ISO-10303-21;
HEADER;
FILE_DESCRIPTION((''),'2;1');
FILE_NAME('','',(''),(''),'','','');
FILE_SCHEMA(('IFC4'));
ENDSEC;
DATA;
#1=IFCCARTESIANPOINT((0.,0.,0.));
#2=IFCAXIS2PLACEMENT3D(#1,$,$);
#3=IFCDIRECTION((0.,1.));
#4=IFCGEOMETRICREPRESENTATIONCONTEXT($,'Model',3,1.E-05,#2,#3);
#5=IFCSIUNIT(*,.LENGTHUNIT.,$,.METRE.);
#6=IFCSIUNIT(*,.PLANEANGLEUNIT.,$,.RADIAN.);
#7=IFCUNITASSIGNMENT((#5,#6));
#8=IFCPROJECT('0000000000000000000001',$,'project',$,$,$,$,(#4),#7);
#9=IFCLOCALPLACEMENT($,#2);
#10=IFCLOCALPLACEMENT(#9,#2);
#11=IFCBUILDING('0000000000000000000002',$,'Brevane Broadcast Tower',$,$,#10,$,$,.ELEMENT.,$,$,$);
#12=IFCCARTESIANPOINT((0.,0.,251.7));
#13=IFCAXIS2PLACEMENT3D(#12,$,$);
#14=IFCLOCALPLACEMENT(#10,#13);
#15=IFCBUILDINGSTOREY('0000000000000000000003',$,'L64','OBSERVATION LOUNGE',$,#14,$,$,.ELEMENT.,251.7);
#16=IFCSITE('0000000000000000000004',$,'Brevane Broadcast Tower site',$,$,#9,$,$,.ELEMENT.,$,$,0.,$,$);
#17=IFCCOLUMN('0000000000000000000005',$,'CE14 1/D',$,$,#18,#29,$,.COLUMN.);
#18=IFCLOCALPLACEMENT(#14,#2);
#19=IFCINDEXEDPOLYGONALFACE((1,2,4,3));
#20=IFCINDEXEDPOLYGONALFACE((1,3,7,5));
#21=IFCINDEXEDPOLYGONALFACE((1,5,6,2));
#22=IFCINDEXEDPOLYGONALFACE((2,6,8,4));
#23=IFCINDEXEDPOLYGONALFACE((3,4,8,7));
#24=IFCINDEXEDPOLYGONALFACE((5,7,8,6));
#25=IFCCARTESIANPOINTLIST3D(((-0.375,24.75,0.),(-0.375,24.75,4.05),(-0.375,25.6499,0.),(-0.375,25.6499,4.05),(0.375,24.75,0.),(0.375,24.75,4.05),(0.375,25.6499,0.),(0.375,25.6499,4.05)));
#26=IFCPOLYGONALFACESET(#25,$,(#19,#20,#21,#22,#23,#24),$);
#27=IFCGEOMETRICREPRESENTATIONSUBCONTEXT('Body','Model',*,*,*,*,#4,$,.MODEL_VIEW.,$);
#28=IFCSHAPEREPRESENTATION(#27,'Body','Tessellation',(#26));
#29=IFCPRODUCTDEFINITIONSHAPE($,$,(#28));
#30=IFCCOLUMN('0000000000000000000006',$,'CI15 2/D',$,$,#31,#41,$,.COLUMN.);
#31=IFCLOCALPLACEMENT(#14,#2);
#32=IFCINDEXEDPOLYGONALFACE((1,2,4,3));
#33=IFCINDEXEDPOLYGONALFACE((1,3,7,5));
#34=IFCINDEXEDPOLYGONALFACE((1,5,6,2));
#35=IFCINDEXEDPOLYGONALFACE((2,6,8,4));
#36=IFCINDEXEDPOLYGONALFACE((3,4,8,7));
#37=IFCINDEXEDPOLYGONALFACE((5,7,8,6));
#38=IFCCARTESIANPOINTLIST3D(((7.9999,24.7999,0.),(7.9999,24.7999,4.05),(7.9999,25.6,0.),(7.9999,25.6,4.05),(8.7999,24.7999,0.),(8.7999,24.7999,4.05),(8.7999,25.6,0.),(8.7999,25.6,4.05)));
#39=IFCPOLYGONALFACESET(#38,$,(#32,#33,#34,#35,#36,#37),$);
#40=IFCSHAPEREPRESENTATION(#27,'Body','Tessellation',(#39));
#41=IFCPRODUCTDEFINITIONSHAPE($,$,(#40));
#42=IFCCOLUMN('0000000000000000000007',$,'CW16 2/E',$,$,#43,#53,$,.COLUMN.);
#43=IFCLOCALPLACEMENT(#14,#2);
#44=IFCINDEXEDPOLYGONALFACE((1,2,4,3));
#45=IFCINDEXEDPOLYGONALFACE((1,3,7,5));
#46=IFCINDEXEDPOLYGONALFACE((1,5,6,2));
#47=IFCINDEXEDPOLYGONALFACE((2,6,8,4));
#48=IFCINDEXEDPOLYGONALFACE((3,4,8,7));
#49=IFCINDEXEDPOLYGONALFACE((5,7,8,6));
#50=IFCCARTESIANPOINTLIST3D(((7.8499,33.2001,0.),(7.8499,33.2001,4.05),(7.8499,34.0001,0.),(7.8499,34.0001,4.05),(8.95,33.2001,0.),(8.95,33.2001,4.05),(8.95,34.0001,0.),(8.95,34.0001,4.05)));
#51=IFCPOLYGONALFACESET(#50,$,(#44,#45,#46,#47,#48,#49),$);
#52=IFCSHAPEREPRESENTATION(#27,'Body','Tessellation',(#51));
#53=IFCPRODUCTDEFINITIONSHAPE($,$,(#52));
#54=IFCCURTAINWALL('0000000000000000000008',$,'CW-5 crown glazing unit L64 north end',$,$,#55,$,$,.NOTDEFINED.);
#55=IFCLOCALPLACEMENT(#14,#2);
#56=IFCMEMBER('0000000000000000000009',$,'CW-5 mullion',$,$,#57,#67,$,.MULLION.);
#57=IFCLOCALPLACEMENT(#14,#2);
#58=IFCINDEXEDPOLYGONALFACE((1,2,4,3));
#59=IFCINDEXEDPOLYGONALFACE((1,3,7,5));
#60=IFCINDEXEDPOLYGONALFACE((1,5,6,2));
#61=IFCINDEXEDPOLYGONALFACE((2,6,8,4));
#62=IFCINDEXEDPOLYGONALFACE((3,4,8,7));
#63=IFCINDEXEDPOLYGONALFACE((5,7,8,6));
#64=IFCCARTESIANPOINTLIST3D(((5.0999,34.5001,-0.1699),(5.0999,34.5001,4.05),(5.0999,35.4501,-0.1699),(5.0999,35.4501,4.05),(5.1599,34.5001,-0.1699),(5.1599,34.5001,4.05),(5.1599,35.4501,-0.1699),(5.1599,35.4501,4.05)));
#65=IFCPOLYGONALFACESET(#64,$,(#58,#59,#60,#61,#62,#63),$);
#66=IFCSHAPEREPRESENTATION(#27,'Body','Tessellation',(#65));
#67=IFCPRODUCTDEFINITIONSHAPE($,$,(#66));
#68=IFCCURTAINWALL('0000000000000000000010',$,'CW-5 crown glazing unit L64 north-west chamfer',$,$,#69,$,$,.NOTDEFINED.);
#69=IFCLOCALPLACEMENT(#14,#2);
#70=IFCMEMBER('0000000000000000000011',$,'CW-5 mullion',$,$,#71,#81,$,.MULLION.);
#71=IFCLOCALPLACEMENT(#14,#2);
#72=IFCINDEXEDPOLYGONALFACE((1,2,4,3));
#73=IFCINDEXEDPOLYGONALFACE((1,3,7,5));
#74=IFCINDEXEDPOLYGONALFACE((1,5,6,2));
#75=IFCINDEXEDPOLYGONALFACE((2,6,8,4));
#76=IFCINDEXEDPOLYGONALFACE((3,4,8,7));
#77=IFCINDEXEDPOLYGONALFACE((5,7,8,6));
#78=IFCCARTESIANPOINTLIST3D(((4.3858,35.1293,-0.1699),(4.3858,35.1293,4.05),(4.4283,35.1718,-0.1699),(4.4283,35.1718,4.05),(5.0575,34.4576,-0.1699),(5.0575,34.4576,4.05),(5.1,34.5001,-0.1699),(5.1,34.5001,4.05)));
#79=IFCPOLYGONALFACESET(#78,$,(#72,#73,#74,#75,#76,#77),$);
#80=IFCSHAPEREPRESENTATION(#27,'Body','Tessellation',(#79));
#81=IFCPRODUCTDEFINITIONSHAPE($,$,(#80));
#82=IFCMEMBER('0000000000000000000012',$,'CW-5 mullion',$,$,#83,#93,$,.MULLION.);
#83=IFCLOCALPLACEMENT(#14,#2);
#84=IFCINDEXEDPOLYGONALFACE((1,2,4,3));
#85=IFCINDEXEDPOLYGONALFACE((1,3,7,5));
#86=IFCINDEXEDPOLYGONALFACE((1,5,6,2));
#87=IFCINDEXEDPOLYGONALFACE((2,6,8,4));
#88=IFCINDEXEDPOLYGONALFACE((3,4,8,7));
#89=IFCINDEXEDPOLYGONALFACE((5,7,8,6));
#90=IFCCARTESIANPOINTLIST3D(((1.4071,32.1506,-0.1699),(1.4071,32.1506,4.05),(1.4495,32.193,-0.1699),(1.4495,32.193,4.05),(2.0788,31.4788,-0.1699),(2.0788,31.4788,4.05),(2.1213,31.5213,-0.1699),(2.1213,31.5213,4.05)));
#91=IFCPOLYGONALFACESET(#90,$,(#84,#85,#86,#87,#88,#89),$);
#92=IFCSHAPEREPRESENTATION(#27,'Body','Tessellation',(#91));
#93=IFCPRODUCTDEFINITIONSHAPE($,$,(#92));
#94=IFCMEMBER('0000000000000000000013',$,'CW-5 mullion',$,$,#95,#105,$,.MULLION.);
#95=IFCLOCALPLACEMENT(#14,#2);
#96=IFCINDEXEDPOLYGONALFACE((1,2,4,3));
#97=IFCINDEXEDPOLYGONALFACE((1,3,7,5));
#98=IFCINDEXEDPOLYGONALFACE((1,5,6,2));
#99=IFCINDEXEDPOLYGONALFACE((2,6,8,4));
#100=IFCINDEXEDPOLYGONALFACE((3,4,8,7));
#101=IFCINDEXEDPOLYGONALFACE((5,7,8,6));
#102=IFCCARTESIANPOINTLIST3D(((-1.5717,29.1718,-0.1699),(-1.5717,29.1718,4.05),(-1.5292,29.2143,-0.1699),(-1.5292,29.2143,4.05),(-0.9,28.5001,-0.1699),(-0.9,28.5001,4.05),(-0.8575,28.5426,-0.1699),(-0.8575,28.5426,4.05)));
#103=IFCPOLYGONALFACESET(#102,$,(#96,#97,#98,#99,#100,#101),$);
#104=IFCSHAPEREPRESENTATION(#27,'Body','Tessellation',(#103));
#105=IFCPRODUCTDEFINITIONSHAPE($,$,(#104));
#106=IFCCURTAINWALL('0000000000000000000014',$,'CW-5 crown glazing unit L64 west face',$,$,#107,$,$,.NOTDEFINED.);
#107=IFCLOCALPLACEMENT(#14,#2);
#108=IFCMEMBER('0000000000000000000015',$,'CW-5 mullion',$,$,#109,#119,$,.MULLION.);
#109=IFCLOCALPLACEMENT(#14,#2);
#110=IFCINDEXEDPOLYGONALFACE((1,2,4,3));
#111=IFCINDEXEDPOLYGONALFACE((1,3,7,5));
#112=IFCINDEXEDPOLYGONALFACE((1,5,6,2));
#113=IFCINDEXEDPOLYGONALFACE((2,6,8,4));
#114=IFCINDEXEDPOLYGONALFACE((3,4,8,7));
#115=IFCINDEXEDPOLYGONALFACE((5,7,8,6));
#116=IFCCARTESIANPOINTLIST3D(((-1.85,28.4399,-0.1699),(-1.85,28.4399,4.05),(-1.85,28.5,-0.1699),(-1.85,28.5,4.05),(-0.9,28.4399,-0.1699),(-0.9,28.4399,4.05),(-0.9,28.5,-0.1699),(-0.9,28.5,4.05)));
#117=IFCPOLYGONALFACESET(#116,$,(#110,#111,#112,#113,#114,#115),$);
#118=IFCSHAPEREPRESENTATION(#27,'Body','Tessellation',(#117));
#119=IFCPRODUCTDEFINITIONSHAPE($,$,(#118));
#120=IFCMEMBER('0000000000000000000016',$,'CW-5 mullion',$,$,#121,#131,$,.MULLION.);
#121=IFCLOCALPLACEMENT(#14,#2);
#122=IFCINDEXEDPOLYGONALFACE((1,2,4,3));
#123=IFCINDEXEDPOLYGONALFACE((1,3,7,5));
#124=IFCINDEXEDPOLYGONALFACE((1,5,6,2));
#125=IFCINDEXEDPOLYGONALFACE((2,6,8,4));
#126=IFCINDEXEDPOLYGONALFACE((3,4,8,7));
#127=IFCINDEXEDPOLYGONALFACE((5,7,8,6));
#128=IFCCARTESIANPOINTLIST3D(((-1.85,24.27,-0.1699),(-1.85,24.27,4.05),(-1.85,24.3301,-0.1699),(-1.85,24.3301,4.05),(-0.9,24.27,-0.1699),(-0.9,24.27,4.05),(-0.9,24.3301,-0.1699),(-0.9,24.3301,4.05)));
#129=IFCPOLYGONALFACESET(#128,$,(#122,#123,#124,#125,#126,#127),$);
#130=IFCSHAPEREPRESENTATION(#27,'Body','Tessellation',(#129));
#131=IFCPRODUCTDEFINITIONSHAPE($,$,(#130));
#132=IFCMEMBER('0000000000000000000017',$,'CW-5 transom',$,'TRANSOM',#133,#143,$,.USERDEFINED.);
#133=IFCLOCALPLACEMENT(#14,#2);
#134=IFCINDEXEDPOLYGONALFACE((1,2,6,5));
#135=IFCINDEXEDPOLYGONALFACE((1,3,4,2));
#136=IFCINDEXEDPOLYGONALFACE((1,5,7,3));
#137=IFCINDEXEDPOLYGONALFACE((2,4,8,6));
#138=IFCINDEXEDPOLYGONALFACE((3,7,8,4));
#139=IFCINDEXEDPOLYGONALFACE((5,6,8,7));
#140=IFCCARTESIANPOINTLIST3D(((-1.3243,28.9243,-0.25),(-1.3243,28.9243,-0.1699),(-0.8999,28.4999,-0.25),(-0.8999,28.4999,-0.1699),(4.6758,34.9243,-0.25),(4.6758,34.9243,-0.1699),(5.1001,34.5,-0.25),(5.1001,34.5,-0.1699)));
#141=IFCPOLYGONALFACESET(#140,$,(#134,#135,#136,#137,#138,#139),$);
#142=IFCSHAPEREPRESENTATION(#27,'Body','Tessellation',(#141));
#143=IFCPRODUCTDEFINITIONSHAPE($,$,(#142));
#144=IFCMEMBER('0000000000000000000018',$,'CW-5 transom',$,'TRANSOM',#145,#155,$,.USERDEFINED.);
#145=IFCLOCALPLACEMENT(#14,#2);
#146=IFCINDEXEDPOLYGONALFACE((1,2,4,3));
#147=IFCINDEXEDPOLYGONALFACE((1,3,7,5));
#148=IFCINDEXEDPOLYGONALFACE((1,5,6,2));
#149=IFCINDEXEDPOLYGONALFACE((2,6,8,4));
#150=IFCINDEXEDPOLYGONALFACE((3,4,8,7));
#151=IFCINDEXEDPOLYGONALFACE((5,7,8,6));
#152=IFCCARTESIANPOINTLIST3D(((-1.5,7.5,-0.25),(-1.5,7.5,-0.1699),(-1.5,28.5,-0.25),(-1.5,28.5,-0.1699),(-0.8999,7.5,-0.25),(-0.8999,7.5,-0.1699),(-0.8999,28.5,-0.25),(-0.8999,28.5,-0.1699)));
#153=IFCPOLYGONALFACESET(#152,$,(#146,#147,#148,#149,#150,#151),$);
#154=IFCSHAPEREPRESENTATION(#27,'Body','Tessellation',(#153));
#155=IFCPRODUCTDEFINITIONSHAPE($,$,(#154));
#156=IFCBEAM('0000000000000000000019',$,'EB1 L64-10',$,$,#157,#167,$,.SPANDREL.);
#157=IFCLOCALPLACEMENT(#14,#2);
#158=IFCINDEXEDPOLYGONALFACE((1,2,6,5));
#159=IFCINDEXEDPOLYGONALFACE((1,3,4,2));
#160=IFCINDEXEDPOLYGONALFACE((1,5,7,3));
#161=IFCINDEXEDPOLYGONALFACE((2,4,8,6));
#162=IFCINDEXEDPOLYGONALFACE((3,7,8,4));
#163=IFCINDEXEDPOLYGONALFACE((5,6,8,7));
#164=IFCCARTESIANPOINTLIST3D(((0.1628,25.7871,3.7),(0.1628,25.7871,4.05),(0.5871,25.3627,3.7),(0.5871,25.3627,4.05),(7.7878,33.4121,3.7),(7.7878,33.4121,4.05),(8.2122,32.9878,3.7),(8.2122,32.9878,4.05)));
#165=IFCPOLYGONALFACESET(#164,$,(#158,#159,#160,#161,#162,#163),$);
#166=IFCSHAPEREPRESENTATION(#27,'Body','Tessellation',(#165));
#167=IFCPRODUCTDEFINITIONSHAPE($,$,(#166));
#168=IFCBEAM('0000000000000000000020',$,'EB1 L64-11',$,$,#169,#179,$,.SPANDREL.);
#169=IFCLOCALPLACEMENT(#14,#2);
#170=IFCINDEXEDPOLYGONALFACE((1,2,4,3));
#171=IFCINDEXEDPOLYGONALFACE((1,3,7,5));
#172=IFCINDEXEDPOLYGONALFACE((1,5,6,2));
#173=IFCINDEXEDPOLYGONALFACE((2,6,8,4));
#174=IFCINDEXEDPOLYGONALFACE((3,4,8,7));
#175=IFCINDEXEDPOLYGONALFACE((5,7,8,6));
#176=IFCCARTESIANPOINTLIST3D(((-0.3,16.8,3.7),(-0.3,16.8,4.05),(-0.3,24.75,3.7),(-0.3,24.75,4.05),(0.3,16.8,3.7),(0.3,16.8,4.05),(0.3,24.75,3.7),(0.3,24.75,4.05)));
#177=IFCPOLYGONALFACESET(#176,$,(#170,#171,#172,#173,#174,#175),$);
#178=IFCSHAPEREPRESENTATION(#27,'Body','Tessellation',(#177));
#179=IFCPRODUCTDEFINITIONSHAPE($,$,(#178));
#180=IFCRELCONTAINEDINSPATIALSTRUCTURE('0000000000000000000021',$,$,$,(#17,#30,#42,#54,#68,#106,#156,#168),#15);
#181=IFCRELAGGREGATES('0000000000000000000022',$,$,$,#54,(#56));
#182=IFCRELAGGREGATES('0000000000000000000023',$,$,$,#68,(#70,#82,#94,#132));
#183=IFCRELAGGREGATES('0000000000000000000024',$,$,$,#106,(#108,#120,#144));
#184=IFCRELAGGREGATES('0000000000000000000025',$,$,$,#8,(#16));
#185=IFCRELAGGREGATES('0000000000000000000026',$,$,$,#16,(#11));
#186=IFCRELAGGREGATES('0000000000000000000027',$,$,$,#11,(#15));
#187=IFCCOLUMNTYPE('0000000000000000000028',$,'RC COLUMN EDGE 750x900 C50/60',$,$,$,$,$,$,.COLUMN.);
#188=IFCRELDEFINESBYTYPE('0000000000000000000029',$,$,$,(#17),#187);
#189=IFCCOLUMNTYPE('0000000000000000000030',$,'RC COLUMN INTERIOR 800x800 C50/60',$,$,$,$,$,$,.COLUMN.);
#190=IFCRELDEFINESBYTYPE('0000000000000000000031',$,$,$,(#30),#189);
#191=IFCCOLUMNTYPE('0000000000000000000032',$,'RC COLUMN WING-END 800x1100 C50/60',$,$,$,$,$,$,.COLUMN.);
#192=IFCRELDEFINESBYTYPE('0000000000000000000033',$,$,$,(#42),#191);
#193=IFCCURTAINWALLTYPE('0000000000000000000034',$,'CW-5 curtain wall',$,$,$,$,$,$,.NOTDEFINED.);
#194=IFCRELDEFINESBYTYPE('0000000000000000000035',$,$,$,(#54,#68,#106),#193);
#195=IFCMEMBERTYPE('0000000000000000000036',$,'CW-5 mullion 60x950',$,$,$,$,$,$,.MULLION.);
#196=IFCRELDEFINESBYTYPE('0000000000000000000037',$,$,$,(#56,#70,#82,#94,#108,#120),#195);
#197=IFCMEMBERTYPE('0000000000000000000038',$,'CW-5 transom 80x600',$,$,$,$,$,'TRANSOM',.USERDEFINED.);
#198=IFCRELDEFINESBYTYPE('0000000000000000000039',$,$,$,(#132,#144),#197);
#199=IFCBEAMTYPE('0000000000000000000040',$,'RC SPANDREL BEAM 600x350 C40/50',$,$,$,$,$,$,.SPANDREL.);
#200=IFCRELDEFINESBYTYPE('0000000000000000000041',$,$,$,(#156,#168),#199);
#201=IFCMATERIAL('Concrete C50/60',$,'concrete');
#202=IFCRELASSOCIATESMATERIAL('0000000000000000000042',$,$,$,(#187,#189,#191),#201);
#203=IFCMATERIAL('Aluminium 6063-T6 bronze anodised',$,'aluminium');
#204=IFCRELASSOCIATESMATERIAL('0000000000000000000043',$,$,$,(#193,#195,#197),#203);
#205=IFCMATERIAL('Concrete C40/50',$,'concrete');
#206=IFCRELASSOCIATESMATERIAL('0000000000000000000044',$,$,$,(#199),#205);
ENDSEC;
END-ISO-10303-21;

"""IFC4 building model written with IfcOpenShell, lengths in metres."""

from ifc_helpers import new_model, si_unit, direction, frame, origin, origin_2d, place, context, subcontext, project, spatial, rectangle, extrude, material, material_profile, profile_set, type_object, element, aggregate, save


model = new_model("IFC4")

# Units and contexts
model_context = context("Model", 3, precision=1e-05, world=origin(), true_north=direction((0.0, 1.0)))
body_context = subcontext(model_context, "Body", "Model", "MODEL_VIEW")
ifc_project = project(units=[si_unit("LENGTHUNIT", "METRE"), si_unit("PLANEANGLEUNIT", "RADIAN")], contexts=[model_context])

# Site, building, storey
site_placement = place(None, origin())
site = spatial("IfcSite", under=ifc_project, at=site_placement, Name="Brevane Broadcast Tower site", CompositionType="ELEMENT", RefElevation=0.0)
building_placement = place(site_placement, origin())
building = spatial("IfcBuilding", under=site, at=building_placement, Name="Brevane Broadcast Tower", CompositionType="ELEMENT")
storey_placement = place(building_placement, frame((0.0, 0.0, 251.7)))
storey = spatial("IfcBuildingStorey", under=building, at=storey_placement, Name="L64", Description="OBSERVATION LOUNGE", CompositionType="ELEMENT", Elevation=251.7)

# Columns
ifc_material_1 = material(Name="Concrete C50/60", Category="concrete")
ifc_material_profile_1 = material_profile(ifc_material_1, rectangle(XDim=0.75, YDim=0.8999, at=origin_2d()), Name="RC 750x900")
ifc_profile_set_1 = profile_set([ifc_material_profile_1], Name="Concrete C50/60")
column_type_1 = type_object("IfcColumnType", Name="RC COLUMN EDGE 750x900 C50/60", PredefinedType="COLUMN", material=ifc_profile_set_1)
column_1_placement = place(storey_placement, frame((0.0, 25.2, 0.0), z_axis=(0.0, 0.0, 1.0), x_axis=(1.0, 0.0, 0.0)))
element("IfcColumn", 1, at=column_1_placement, inside=storey, type_object=column_type_1, Name="CE14 1/D", PredefinedType="COLUMN", context=body_context, shape_type="SweptSolid", body=[
    extrude(rectangle(XDim=0.75, YDim=0.8999, at=origin_2d()), origin(), (0.0, 0.0, 1.0), 4.05),
])
ifc_material_profile_2 = material_profile(ifc_material_1, rectangle(XDim=0.8, YDim=0.8, at=origin_2d()), Name="RC 800x800")
ifc_profile_set_2 = profile_set([ifc_material_profile_2], Name="Concrete C50/60")
column_type_2 = type_object("IfcColumnType", Name="RC COLUMN INTERIOR 800x800 C50/60", PredefinedType="COLUMN", material=ifc_profile_set_2)
column_2_placement = place(storey_placement, frame((8.3999, 25.2, 0.0), z_axis=(0.0, 0.0, 1.0), x_axis=(1.0, 0.0, 0.0)))
element("IfcColumn", 2, at=column_2_placement, inside=storey, type_object=column_type_2, Name="CI15 2/D", PredefinedType="COLUMN", context=body_context, shape_type="SweptSolid", body=[
    extrude(rectangle(XDim=0.8, YDim=0.8, at=origin_2d()), origin(), (0.0, 0.0, 1.0), 4.05),
])
ifc_material_profile_3 = material_profile(ifc_material_1, rectangle(XDim=0.8, YDim=1.1001, at=origin_2d()), Name="RC 800x1100")
ifc_profile_set_3 = profile_set([ifc_material_profile_3], Name="Concrete C50/60")
column_type_3 = type_object("IfcColumnType", Name="RC COLUMN WING-END 800x1100 C50/60", PredefinedType="COLUMN", material=ifc_profile_set_3)
column_3_placement = place(storey_placement, frame((8.3999, 33.6001, 0.0), z_axis=(0.0, 0.0, 1.0), x_axis=(0.0, 1.0, 0.0)))
element("IfcColumn", 3, at=column_3_placement, inside=storey, type_object=column_type_3, Name="CW16 2/E", PredefinedType="COLUMN", context=body_context, shape_type="SweptSolid", body=[
    extrude(rectangle(XDim=0.8, YDim=1.1001, at=origin_2d()), origin(), (0.0, 0.0, 1.0), 4.05),
])

# Curtain wall, member
ifc_material_2 = material(Name="Aluminium 6063-T6 bronze anodised", Category="aluminium")
curtain_wall_type = type_object("IfcCurtainWallType", Name="CW-5 curtain wall", PredefinedType="NOTDEFINED", material=ifc_material_2)
curtain_wall_1_placement = place(storey_placement, origin())
curtain_wall_1 = element("IfcCurtainWall", 4, at=curtain_wall_1_placement, inside=storey, type_object=curtain_wall_type, Name="CW-5 crown glazing unit L64 north end", PredefinedType="NOTDEFINED")
ifc_material_profile_4 = material_profile(ifc_material_2, rectangle(XDim=0.95, YDim=0.0601, at=origin_2d()), Name="RECT 60x950")
ifc_profile_set_4 = profile_set([ifc_material_profile_4], Name="Aluminium 6063-T6 bronze anodised")
member_type_1 = type_object("IfcMemberType", Name="CW-5 mullion 60x950", PredefinedType="MULLION", material=ifc_profile_set_4)
member_1_placement = place(storey_placement, frame((5.1299, 34.9751, -0.1699), z_axis=(0.0, 0.0, 1.0), x_axis=(0.0, -1.0, 0.0)))
member_1 = element("IfcMember", 5, at=member_1_placement, type_object=member_type_1, Name="CW-5 mullion", PredefinedType="MULLION", context=body_context, shape_type="SweptSolid", body=[
    extrude(rectangle(XDim=0.95, YDim=0.0601, at=origin_2d()), origin(), (0.0, 0.0, 1.0), 4.22),
])
aggregate(curtain_wall_1, [member_1])

# Curtain walls, members
curtain_wall_2_placement = place(storey_placement, origin())
curtain_wall_2 = element("IfcCurtainWall", 6, at=curtain_wall_2_placement, inside=storey, type_object=curtain_wall_type, Name="CW-5 crown glazing unit L64 north-west chamfer", PredefinedType="NOTDEFINED")
member_2_placement = place(storey_placement, frame((4.7429, 34.8147, -0.1699), z_axis=(0.0, 0.0, 1.0), x_axis=(0.707107, -0.707107, 0.0)))
member_2 = element("IfcMember", 7, at=member_2_placement, type_object=member_type_1, Name="CW-5 mullion", PredefinedType="MULLION", context=body_context, shape_type="SweptSolid", body=[
    extrude(rectangle(XDim=0.95, YDim=0.0601, at=origin_2d()), origin(), (0.0, 0.0, 1.0), 4.22),
])
member_3_placement = place(storey_placement, frame((1.7642, 31.8359, -0.1699), z_axis=(0.0, 0.0, 1.0), x_axis=(0.707107, -0.707107, 0.0)))
member_3 = element("IfcMember", 8, at=member_3_placement, type_object=member_type_1, Name="CW-5 mullion", PredefinedType="MULLION", context=body_context, shape_type="SweptSolid", body=[
    extrude(rectangle(XDim=0.95, YDim=0.0601, at=origin_2d()), origin(), (0.0, 0.0, 1.0), 4.22),
])
member_4_placement = place(storey_placement, frame((-1.2146, 28.8572, -0.1699), z_axis=(0.0, 0.0, 1.0), x_axis=(0.707107, -0.707107, 0.0)))
member_4 = element("IfcMember", 9, at=member_4_placement, type_object=member_type_1, Name="CW-5 mullion", PredefinedType="MULLION", context=body_context, shape_type="SweptSolid", body=[
    extrude(rectangle(XDim=0.95, YDim=0.0601, at=origin_2d()), origin(), (0.0, 0.0, 1.0), 4.22),
])
curtain_wall_3_placement = place(storey_placement, origin())
curtain_wall_3 = element("IfcCurtainWall", 10, at=curtain_wall_3_placement, inside=storey, type_object=curtain_wall_type, Name="CW-5 crown glazing unit L64 west face", PredefinedType="NOTDEFINED")
member_5_placement = place(storey_placement, frame((-1.375, 28.47, -0.1699), z_axis=(0.0, 0.0, 1.0), x_axis=(1.0, 0.0, 0.0)))
member_5 = element("IfcMember", 11, at=member_5_placement, type_object=member_type_1, Name="CW-5 mullion", PredefinedType="MULLION", context=body_context, shape_type="SweptSolid", body=[
    extrude(rectangle(XDim=0.95, YDim=0.0601, at=origin_2d()), origin(), (0.0, 0.0, 1.0), 4.22),
])
member_6_placement = place(storey_placement, frame((-1.375, 24.3, -0.1699), z_axis=(0.0, 0.0, 1.0), x_axis=(1.0, 0.0, 0.0)))
member_6 = element("IfcMember", 12, at=member_6_placement, type_object=member_type_1, Name="CW-5 mullion", PredefinedType="MULLION", context=body_context, shape_type="SweptSolid", body=[
    extrude(rectangle(XDim=0.95, YDim=0.0601, at=origin_2d()), origin(), (0.0, 0.0, 1.0), 4.22),
])

# Members
ifc_material_profile_5 = material_profile(ifc_material_2, rectangle(XDim=0.6001, YDim=0.0801, at=origin_2d()), Name="RECT 80x600")
ifc_profile_set_5 = profile_set([ifc_material_profile_5], Name="Aluminium 6063-T6 bronze anodised")
member_type_2 = type_object("IfcMemberType", Name="CW-5 transom 80x600", ElementType="TRANSOM", PredefinedType="USERDEFINED", material=ifc_profile_set_5)
member_7_placement = place(storey_placement, frame((4.8879, 34.7122, -0.21), z_axis=(-0.707107, -0.707107, 0.0), x_axis=(0.707107, -0.707107, 0.0)))
member_7 = element("IfcMember", 13, at=member_7_placement, type_object=member_type_2, Name="CW-5 transom", ObjectType="TRANSOM", PredefinedType="USERDEFINED", context=body_context, shape_type="SweptSolid", body=[
    extrude(rectangle(XDim=0.6001, YDim=0.0801, at=origin_2d()), origin(), (0.0, 0.0, 1.0), 8.4854),
])
aggregate(curtain_wall_2, [member_2, member_3, member_4, member_7])
member_8_placement = place(storey_placement, frame((-1.2, 28.5, -0.21), z_axis=(0.0, -1.0, 0.0), x_axis=(1.0, 0.0, 0.0)))
member_8 = element("IfcMember", 14, at=member_8_placement, type_object=member_type_2, Name="CW-5 transom", ObjectType="TRANSOM", PredefinedType="USERDEFINED", context=body_context, shape_type="SweptSolid", body=[
    extrude(rectangle(XDim=0.6001, YDim=0.0801, at=origin_2d()), origin(), (0.0, 0.0, 1.0), 21.0),
])
aggregate(curtain_wall_3, [member_5, member_6, member_8])

# Beams
ifc_material_3 = material(Name="Concrete C40/50", Category="concrete")
ifc_material_profile_6 = material_profile(ifc_material_3, rectangle(XDim=0.6001, YDim=0.3501, at=origin_2d()), Name="RC 600x350")
ifc_profile_set_6 = profile_set([ifc_material_profile_6], Name="Concrete C40/50")
beam_type = type_object("IfcBeamType", Name="RC SPANDREL BEAM 600x350 C40/50", PredefinedType="SPANDREL", material=ifc_profile_set_6)
beam_1_placement = place(storey_placement, frame((8.0, 33.2, 3.875), z_axis=(-0.707107, -0.707107, 0.0), x_axis=(0.707107, -0.707107, 0.0)))
element("IfcBeam", 15, at=beam_1_placement, inside=storey, type_object=beam_type, Name="EB1 L64-10", PredefinedType="SPANDREL", context=body_context, shape_type="SweptSolid", body=[
    extrude(rectangle(XDim=0.6001, YDim=0.3501, at=origin_2d()), origin(), (0.0, 0.0, 1.0), 10.7834),
])
beam_2_placement = place(storey_placement, frame((0.0, 24.75, 3.875), z_axis=(0.0, -1.0, 0.0), x_axis=(1.0, 0.0, 0.0)))
element("IfcBeam", 16, at=beam_2_placement, inside=storey, type_object=beam_type, Name="EB1 L64-11", PredefinedType="SPANDREL", context=body_context, shape_type="SweptSolid", body=[
    extrude(rectangle(XDim=0.6001, YDim=0.3501, at=origin_2d()), origin(), (0.0, 0.0, 1.0), 7.95),
])

save(model, "model.ifc")
